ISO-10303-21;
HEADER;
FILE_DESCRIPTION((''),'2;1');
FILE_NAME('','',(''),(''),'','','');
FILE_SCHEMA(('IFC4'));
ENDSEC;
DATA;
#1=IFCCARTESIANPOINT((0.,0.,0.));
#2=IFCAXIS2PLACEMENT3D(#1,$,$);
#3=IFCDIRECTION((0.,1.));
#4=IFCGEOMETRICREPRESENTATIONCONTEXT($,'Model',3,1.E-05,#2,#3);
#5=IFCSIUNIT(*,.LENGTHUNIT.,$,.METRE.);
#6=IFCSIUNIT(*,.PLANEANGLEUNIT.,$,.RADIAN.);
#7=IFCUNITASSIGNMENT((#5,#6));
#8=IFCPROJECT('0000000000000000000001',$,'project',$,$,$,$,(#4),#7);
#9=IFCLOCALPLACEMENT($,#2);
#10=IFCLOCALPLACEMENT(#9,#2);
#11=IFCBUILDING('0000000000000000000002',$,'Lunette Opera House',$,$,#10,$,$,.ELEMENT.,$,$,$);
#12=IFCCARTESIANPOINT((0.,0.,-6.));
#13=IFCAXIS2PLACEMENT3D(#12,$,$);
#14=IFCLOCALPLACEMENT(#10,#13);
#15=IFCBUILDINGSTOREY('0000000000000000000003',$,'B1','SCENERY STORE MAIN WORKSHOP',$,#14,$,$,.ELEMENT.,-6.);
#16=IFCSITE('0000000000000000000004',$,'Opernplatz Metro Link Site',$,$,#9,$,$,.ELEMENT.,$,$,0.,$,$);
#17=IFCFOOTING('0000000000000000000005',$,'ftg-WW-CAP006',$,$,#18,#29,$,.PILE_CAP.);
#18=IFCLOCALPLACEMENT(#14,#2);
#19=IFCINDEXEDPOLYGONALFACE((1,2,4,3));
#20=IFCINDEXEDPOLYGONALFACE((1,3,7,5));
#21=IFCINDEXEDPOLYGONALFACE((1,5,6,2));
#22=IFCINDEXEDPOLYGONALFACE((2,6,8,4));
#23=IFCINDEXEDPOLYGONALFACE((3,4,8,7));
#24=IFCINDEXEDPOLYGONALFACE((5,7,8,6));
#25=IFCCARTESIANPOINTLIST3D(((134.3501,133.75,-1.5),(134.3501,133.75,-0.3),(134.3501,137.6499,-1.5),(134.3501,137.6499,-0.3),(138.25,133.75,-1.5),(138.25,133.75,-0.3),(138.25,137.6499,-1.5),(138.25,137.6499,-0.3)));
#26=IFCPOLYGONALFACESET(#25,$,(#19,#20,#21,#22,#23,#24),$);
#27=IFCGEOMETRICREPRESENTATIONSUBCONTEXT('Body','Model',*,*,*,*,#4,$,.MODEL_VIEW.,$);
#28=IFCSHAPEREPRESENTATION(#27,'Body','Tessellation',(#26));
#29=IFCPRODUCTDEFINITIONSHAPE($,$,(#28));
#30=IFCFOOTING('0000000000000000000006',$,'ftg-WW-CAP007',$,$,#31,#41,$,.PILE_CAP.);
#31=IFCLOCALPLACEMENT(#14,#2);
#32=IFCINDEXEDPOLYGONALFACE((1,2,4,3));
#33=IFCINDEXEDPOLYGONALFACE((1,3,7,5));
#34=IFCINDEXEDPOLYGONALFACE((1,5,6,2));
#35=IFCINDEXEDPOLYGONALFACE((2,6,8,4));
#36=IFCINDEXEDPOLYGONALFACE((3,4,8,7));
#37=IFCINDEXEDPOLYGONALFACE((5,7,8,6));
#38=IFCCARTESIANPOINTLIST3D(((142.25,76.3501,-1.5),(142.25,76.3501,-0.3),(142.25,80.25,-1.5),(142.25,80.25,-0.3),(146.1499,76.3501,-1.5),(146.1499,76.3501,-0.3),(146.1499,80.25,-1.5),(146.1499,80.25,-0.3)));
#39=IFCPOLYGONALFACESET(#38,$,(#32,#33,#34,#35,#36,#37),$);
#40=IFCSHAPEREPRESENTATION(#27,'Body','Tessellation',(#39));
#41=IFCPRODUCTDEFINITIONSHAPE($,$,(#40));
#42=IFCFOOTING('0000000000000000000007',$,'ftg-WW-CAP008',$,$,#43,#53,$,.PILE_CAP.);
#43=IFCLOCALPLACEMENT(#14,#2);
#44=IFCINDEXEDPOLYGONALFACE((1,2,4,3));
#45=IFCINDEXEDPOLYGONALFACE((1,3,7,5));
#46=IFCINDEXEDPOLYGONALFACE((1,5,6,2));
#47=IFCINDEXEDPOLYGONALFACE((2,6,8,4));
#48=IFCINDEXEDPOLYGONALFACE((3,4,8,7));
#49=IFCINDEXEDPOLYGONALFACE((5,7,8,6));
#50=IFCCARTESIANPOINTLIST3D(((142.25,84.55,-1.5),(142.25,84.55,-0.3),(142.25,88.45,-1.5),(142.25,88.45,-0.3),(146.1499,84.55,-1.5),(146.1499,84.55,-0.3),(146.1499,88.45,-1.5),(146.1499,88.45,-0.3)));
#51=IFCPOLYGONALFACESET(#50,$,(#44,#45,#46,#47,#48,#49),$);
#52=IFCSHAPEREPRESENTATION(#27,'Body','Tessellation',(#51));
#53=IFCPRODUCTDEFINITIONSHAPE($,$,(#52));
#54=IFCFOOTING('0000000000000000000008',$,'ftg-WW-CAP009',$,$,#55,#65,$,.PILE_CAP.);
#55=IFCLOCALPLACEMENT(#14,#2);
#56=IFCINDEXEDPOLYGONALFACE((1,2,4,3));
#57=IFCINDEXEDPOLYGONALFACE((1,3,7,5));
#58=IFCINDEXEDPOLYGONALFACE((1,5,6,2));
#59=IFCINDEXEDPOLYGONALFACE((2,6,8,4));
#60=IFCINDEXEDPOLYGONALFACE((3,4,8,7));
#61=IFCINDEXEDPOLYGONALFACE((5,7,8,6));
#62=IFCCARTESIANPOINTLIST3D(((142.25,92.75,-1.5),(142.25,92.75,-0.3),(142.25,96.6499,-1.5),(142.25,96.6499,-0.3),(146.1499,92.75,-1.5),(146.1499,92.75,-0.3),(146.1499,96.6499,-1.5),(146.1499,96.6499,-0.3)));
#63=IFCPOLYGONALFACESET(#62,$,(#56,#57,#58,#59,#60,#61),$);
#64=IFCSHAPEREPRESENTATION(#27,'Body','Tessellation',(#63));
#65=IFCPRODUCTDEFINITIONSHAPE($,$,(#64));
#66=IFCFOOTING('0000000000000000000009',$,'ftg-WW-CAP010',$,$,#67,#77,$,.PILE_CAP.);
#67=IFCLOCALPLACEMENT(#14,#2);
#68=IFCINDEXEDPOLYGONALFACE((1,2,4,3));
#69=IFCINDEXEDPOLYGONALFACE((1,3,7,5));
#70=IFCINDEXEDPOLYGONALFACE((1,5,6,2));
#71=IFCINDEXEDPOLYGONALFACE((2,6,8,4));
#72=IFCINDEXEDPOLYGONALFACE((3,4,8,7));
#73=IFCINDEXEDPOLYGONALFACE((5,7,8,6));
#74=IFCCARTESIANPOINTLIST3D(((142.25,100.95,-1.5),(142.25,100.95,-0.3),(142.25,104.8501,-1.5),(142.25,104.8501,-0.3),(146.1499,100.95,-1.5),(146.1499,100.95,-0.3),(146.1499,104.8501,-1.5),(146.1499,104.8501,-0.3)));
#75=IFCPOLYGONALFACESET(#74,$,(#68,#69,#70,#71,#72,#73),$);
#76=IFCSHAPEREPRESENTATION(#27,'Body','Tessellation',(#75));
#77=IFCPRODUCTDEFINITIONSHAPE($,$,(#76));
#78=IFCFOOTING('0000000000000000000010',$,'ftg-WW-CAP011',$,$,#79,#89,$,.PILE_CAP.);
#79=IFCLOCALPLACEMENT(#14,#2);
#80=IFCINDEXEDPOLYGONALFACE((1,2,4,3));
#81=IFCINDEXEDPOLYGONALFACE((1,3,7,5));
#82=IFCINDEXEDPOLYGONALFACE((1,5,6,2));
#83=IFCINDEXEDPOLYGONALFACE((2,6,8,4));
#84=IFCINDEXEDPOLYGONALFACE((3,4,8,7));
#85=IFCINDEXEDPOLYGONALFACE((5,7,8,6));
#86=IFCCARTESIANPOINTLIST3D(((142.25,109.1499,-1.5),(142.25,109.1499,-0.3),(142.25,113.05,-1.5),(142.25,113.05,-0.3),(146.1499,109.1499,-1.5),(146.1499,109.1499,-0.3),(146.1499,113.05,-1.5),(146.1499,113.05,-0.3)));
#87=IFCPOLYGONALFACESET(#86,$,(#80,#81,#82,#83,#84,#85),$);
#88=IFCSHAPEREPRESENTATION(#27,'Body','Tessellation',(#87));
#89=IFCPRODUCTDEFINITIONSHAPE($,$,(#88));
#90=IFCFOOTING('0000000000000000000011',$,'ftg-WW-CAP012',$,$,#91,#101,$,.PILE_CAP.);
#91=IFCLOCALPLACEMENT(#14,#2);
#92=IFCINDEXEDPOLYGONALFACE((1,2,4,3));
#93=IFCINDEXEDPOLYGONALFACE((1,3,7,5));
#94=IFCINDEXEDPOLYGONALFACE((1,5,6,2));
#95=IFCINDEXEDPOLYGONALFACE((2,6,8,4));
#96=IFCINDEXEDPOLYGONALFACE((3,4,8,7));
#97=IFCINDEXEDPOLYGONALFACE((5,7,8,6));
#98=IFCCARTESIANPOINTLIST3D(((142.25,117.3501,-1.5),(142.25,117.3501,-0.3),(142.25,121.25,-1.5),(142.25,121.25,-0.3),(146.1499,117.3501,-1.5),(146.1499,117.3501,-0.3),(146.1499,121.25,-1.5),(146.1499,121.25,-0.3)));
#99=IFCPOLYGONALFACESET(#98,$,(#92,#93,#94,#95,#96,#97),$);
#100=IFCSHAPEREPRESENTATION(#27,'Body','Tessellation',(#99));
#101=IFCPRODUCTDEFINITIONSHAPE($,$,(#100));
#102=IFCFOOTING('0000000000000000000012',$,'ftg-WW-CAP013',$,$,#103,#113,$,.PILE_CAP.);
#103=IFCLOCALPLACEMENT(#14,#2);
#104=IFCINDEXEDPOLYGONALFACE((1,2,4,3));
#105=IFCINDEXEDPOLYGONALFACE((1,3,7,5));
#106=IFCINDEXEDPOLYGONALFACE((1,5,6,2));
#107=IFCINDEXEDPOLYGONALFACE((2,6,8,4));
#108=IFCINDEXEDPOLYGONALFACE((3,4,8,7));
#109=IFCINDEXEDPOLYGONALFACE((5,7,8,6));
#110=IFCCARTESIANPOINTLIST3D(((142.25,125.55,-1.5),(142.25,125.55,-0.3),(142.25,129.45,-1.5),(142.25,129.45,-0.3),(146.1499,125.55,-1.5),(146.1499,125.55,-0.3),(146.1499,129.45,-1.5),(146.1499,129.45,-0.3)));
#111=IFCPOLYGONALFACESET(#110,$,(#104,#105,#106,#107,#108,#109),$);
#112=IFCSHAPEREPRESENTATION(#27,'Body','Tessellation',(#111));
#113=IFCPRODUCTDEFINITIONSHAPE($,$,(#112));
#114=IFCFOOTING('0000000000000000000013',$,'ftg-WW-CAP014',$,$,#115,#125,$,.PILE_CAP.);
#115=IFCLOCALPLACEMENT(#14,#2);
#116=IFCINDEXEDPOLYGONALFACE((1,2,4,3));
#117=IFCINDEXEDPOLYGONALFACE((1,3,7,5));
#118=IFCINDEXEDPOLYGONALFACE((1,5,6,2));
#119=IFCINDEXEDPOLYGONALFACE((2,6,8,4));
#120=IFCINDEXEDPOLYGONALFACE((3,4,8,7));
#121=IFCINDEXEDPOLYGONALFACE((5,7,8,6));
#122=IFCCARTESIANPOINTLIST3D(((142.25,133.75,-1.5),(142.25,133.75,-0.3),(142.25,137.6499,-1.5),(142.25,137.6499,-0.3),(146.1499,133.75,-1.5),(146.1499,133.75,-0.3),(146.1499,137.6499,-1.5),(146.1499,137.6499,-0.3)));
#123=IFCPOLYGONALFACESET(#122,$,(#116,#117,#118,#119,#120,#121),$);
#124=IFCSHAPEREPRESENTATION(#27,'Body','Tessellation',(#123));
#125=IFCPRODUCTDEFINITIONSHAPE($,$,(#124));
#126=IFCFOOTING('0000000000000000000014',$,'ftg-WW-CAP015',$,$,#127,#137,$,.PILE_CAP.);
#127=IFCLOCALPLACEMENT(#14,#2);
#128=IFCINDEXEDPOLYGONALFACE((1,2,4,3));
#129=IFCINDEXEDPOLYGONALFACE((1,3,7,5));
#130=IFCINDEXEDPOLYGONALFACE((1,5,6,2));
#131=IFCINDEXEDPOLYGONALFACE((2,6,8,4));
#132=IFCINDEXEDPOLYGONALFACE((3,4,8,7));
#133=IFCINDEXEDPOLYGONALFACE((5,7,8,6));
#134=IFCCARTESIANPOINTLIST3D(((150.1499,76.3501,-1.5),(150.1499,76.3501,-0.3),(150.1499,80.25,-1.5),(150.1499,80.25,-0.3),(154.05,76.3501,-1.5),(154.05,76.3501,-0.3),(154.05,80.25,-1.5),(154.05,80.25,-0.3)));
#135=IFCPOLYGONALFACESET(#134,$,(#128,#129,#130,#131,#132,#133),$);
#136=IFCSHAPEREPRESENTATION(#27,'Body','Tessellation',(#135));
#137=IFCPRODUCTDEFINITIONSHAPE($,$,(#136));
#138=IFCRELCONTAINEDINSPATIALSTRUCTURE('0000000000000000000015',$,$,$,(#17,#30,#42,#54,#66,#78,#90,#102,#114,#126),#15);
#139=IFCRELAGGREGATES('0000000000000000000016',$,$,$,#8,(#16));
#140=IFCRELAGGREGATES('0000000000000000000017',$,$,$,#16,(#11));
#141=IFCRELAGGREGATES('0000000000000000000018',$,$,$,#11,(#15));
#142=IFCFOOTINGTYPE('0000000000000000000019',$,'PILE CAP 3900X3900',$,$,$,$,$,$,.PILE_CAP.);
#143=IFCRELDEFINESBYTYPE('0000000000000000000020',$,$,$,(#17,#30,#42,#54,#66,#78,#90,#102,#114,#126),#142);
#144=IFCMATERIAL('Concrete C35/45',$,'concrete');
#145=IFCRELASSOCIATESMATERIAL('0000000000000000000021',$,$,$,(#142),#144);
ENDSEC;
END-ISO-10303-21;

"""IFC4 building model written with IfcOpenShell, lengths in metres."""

from ifc_helpers import new_model, si_unit, direction, frame, origin, place, context, subcontext, project, spatial, polyline, outline, extrude, material, type_object, element, save


model = new_model("IFC4")

# Units and contexts
model_context = context("Model", 3, precision=1e-05, world=origin(), true_north=direction((0.0, 1.0)))
body_context = subcontext(model_context, "Body", "Model", "MODEL_VIEW")
ifc_project = project(units=[si_unit("LENGTHUNIT", "METRE"), si_unit("PLANEANGLEUNIT", "RADIAN")], contexts=[model_context])

# Site, building, storey
site_placement = place(None, origin())
site = spatial("IfcSite", under=ifc_project, at=site_placement, Name="Opernplatz Metro Link Site", CompositionType="ELEMENT", RefElevation=0.0)
building_placement = place(site_placement, origin())
building = spatial("IfcBuilding", under=site, at=building_placement, Name="Lunette Opera House", CompositionType="ELEMENT")
storey_placement = place(building_placement, frame((0.0, 0.0, -6.0)))
storey = spatial("IfcBuildingStorey", under=building, at=storey_placement, Name="B1", Description="SCENERY STORE MAIN WORKSHOP", CompositionType="ELEMENT", Elevation=-6.0)

# Footings
ifc_material = material(Name="Concrete C35/45", Category="concrete")
footing_type = type_object("IfcFootingType", Name="PILE CAP 3900X3900", PredefinedType="PILE_CAP", material=ifc_material)
footing_1_placement = place(storey_placement, frame((0.0, 0.0, -1.5)))
element("IfcFooting", 1, at=footing_1_placement, inside=storey, type_object=footing_type, Name="ftg-WW-CAP006", PredefinedType="PILE_CAP", context=body_context, shape_type="SweptSolid", body=[
    extrude(outline(polyline([(138.25, 133.75), (138.25, 137.6499), (134.3501, 137.6499), (134.3501, 133.75), (138.25, 133.75)])), origin(), (0.0, 0.0, 1.0), 1.2),
])
footing_2_placement = place(storey_placement, frame((0.0, 0.0, -1.5)))
element("IfcFooting", 2, at=footing_2_placement, inside=storey, type_object=footing_type, Name="ftg-WW-CAP007", PredefinedType="PILE_CAP", context=body_context, shape_type="SweptSolid", body=[
    extrude(outline(polyline([(146.1499, 76.3501), (146.1499, 80.25), (142.25, 80.25), (142.25, 76.3501), (146.1499, 76.3501)])), origin(), (0.0, 0.0, 1.0), 1.2),
])
footing_3_placement = place(storey_placement, frame((0.0, 0.0, -1.5)))
element("IfcFooting", 3, at=footing_3_placement, inside=storey, type_object=footing_type, Name="ftg-WW-CAP008", PredefinedType="PILE_CAP", context=body_context, shape_type="SweptSolid", body=[
    extrude(outline(polyline([(146.1499, 84.55), (146.1499, 88.45), (142.25, 88.45), (142.25, 84.55), (146.1499, 84.55)])), origin(), (0.0, 0.0, 1.0), 1.2),
])
footing_4_placement = place(storey_placement, frame((0.0, 0.0, -1.5)))
element("IfcFooting", 4, at=footing_4_placement, inside=storey, type_object=footing_type, Name="ftg-WW-CAP009", PredefinedType="PILE_CAP", context=body_context, shape_type="SweptSolid", body=[
    extrude(outline(polyline([(146.1499, 92.75), (146.1499, 96.6499), (142.25, 96.6499), (142.25, 92.75), (146.1499, 92.75)])), origin(), (0.0, 0.0, 1.0), 1.2),
])
footing_5_placement = place(storey_placement, frame((0.0, 0.0, -1.5)))
element("IfcFooting", 5, at=footing_5_placement, inside=storey, type_object=footing_type, Name="ftg-WW-CAP010", PredefinedType="PILE_CAP", context=body_context, shape_type="SweptSolid", body=[
    extrude(outline(polyline([(146.1499, 100.95), (146.1499, 104.8501), (142.25, 104.8501), (142.25, 100.95), (146.1499, 100.95)])), origin(), (0.0, 0.0, 1.0), 1.2),
])
footing_6_placement = place(storey_placement, frame((0.0, 0.0, -1.5)))
element("IfcFooting", 6, at=footing_6_placement, inside=storey, type_object=footing_type, Name="ftg-WW-CAP011", PredefinedType="PILE_CAP", context=body_context, shape_type="SweptSolid", body=[
    extrude(outline(polyline([(146.1499, 109.1499), (146.1499, 113.05), (142.25, 113.05), (142.25, 109.1499), (146.1499, 109.1499)])), origin(), (0.0, 0.0, 1.0), 1.2),
])
footing_7_placement = place(storey_placement, frame((0.0, 0.0, -1.5)))
element("IfcFooting", 7, at=footing_7_placement, inside=storey, type_object=footing_type, Name="ftg-WW-CAP012", PredefinedType="PILE_CAP", context=body_context, shape_type="SweptSolid", body=[
    extrude(outline(polyline([(146.1499, 117.3501), (146.1499, 121.25), (142.25, 121.25), (142.25, 117.3501), (146.1499, 117.3501)])), origin(), (0.0, 0.0, 1.0), 1.2),
])
footing_8_placement = place(storey_placement, frame((0.0, 0.0, -1.5)))
element("IfcFooting", 8, at=footing_8_placement, inside=storey, type_object=footing_type, Name="ftg-WW-CAP013", PredefinedType="PILE_CAP", context=body_context, shape_type="SweptSolid", body=[
    extrude(outline(polyline([(146.1499, 125.55), (146.1499, 129.45), (142.25, 129.45), (142.25, 125.55), (146.1499, 125.55)])), origin(), (0.0, 0.0, 1.0), 1.2),
])
footing_9_placement = place(storey_placement, frame((0.0, 0.0, -1.5)))
element("IfcFooting", 9, at=footing_9_placement, inside=storey, type_object=footing_type, Name="ftg-WW-CAP014", PredefinedType="PILE_CAP", context=body_context, shape_type="SweptSolid", body=[
    extrude(outline(polyline([(146.1499, 133.75), (146.1499, 137.6499), (142.25, 137.6499), (142.25, 133.75), (146.1499, 133.75)])), origin(), (0.0, 0.0, 1.0), 1.2),
])
footing_10_placement = place(storey_placement, frame((0.0, 0.0, -1.5)))
element("IfcFooting", 10, at=footing_10_placement, inside=storey, type_object=footing_type, Name="ftg-WW-CAP015", PredefinedType="PILE_CAP", context=body_context, shape_type="SweptSolid", body=[
    extrude(outline(polyline([(154.05, 76.3501), (154.05, 80.25), (150.1499, 80.25), (150.1499, 76.3501), (154.05, 76.3501)])), origin(), (0.0, 0.0, 1.0), 1.2),
])

save(model, "model.ifc")
